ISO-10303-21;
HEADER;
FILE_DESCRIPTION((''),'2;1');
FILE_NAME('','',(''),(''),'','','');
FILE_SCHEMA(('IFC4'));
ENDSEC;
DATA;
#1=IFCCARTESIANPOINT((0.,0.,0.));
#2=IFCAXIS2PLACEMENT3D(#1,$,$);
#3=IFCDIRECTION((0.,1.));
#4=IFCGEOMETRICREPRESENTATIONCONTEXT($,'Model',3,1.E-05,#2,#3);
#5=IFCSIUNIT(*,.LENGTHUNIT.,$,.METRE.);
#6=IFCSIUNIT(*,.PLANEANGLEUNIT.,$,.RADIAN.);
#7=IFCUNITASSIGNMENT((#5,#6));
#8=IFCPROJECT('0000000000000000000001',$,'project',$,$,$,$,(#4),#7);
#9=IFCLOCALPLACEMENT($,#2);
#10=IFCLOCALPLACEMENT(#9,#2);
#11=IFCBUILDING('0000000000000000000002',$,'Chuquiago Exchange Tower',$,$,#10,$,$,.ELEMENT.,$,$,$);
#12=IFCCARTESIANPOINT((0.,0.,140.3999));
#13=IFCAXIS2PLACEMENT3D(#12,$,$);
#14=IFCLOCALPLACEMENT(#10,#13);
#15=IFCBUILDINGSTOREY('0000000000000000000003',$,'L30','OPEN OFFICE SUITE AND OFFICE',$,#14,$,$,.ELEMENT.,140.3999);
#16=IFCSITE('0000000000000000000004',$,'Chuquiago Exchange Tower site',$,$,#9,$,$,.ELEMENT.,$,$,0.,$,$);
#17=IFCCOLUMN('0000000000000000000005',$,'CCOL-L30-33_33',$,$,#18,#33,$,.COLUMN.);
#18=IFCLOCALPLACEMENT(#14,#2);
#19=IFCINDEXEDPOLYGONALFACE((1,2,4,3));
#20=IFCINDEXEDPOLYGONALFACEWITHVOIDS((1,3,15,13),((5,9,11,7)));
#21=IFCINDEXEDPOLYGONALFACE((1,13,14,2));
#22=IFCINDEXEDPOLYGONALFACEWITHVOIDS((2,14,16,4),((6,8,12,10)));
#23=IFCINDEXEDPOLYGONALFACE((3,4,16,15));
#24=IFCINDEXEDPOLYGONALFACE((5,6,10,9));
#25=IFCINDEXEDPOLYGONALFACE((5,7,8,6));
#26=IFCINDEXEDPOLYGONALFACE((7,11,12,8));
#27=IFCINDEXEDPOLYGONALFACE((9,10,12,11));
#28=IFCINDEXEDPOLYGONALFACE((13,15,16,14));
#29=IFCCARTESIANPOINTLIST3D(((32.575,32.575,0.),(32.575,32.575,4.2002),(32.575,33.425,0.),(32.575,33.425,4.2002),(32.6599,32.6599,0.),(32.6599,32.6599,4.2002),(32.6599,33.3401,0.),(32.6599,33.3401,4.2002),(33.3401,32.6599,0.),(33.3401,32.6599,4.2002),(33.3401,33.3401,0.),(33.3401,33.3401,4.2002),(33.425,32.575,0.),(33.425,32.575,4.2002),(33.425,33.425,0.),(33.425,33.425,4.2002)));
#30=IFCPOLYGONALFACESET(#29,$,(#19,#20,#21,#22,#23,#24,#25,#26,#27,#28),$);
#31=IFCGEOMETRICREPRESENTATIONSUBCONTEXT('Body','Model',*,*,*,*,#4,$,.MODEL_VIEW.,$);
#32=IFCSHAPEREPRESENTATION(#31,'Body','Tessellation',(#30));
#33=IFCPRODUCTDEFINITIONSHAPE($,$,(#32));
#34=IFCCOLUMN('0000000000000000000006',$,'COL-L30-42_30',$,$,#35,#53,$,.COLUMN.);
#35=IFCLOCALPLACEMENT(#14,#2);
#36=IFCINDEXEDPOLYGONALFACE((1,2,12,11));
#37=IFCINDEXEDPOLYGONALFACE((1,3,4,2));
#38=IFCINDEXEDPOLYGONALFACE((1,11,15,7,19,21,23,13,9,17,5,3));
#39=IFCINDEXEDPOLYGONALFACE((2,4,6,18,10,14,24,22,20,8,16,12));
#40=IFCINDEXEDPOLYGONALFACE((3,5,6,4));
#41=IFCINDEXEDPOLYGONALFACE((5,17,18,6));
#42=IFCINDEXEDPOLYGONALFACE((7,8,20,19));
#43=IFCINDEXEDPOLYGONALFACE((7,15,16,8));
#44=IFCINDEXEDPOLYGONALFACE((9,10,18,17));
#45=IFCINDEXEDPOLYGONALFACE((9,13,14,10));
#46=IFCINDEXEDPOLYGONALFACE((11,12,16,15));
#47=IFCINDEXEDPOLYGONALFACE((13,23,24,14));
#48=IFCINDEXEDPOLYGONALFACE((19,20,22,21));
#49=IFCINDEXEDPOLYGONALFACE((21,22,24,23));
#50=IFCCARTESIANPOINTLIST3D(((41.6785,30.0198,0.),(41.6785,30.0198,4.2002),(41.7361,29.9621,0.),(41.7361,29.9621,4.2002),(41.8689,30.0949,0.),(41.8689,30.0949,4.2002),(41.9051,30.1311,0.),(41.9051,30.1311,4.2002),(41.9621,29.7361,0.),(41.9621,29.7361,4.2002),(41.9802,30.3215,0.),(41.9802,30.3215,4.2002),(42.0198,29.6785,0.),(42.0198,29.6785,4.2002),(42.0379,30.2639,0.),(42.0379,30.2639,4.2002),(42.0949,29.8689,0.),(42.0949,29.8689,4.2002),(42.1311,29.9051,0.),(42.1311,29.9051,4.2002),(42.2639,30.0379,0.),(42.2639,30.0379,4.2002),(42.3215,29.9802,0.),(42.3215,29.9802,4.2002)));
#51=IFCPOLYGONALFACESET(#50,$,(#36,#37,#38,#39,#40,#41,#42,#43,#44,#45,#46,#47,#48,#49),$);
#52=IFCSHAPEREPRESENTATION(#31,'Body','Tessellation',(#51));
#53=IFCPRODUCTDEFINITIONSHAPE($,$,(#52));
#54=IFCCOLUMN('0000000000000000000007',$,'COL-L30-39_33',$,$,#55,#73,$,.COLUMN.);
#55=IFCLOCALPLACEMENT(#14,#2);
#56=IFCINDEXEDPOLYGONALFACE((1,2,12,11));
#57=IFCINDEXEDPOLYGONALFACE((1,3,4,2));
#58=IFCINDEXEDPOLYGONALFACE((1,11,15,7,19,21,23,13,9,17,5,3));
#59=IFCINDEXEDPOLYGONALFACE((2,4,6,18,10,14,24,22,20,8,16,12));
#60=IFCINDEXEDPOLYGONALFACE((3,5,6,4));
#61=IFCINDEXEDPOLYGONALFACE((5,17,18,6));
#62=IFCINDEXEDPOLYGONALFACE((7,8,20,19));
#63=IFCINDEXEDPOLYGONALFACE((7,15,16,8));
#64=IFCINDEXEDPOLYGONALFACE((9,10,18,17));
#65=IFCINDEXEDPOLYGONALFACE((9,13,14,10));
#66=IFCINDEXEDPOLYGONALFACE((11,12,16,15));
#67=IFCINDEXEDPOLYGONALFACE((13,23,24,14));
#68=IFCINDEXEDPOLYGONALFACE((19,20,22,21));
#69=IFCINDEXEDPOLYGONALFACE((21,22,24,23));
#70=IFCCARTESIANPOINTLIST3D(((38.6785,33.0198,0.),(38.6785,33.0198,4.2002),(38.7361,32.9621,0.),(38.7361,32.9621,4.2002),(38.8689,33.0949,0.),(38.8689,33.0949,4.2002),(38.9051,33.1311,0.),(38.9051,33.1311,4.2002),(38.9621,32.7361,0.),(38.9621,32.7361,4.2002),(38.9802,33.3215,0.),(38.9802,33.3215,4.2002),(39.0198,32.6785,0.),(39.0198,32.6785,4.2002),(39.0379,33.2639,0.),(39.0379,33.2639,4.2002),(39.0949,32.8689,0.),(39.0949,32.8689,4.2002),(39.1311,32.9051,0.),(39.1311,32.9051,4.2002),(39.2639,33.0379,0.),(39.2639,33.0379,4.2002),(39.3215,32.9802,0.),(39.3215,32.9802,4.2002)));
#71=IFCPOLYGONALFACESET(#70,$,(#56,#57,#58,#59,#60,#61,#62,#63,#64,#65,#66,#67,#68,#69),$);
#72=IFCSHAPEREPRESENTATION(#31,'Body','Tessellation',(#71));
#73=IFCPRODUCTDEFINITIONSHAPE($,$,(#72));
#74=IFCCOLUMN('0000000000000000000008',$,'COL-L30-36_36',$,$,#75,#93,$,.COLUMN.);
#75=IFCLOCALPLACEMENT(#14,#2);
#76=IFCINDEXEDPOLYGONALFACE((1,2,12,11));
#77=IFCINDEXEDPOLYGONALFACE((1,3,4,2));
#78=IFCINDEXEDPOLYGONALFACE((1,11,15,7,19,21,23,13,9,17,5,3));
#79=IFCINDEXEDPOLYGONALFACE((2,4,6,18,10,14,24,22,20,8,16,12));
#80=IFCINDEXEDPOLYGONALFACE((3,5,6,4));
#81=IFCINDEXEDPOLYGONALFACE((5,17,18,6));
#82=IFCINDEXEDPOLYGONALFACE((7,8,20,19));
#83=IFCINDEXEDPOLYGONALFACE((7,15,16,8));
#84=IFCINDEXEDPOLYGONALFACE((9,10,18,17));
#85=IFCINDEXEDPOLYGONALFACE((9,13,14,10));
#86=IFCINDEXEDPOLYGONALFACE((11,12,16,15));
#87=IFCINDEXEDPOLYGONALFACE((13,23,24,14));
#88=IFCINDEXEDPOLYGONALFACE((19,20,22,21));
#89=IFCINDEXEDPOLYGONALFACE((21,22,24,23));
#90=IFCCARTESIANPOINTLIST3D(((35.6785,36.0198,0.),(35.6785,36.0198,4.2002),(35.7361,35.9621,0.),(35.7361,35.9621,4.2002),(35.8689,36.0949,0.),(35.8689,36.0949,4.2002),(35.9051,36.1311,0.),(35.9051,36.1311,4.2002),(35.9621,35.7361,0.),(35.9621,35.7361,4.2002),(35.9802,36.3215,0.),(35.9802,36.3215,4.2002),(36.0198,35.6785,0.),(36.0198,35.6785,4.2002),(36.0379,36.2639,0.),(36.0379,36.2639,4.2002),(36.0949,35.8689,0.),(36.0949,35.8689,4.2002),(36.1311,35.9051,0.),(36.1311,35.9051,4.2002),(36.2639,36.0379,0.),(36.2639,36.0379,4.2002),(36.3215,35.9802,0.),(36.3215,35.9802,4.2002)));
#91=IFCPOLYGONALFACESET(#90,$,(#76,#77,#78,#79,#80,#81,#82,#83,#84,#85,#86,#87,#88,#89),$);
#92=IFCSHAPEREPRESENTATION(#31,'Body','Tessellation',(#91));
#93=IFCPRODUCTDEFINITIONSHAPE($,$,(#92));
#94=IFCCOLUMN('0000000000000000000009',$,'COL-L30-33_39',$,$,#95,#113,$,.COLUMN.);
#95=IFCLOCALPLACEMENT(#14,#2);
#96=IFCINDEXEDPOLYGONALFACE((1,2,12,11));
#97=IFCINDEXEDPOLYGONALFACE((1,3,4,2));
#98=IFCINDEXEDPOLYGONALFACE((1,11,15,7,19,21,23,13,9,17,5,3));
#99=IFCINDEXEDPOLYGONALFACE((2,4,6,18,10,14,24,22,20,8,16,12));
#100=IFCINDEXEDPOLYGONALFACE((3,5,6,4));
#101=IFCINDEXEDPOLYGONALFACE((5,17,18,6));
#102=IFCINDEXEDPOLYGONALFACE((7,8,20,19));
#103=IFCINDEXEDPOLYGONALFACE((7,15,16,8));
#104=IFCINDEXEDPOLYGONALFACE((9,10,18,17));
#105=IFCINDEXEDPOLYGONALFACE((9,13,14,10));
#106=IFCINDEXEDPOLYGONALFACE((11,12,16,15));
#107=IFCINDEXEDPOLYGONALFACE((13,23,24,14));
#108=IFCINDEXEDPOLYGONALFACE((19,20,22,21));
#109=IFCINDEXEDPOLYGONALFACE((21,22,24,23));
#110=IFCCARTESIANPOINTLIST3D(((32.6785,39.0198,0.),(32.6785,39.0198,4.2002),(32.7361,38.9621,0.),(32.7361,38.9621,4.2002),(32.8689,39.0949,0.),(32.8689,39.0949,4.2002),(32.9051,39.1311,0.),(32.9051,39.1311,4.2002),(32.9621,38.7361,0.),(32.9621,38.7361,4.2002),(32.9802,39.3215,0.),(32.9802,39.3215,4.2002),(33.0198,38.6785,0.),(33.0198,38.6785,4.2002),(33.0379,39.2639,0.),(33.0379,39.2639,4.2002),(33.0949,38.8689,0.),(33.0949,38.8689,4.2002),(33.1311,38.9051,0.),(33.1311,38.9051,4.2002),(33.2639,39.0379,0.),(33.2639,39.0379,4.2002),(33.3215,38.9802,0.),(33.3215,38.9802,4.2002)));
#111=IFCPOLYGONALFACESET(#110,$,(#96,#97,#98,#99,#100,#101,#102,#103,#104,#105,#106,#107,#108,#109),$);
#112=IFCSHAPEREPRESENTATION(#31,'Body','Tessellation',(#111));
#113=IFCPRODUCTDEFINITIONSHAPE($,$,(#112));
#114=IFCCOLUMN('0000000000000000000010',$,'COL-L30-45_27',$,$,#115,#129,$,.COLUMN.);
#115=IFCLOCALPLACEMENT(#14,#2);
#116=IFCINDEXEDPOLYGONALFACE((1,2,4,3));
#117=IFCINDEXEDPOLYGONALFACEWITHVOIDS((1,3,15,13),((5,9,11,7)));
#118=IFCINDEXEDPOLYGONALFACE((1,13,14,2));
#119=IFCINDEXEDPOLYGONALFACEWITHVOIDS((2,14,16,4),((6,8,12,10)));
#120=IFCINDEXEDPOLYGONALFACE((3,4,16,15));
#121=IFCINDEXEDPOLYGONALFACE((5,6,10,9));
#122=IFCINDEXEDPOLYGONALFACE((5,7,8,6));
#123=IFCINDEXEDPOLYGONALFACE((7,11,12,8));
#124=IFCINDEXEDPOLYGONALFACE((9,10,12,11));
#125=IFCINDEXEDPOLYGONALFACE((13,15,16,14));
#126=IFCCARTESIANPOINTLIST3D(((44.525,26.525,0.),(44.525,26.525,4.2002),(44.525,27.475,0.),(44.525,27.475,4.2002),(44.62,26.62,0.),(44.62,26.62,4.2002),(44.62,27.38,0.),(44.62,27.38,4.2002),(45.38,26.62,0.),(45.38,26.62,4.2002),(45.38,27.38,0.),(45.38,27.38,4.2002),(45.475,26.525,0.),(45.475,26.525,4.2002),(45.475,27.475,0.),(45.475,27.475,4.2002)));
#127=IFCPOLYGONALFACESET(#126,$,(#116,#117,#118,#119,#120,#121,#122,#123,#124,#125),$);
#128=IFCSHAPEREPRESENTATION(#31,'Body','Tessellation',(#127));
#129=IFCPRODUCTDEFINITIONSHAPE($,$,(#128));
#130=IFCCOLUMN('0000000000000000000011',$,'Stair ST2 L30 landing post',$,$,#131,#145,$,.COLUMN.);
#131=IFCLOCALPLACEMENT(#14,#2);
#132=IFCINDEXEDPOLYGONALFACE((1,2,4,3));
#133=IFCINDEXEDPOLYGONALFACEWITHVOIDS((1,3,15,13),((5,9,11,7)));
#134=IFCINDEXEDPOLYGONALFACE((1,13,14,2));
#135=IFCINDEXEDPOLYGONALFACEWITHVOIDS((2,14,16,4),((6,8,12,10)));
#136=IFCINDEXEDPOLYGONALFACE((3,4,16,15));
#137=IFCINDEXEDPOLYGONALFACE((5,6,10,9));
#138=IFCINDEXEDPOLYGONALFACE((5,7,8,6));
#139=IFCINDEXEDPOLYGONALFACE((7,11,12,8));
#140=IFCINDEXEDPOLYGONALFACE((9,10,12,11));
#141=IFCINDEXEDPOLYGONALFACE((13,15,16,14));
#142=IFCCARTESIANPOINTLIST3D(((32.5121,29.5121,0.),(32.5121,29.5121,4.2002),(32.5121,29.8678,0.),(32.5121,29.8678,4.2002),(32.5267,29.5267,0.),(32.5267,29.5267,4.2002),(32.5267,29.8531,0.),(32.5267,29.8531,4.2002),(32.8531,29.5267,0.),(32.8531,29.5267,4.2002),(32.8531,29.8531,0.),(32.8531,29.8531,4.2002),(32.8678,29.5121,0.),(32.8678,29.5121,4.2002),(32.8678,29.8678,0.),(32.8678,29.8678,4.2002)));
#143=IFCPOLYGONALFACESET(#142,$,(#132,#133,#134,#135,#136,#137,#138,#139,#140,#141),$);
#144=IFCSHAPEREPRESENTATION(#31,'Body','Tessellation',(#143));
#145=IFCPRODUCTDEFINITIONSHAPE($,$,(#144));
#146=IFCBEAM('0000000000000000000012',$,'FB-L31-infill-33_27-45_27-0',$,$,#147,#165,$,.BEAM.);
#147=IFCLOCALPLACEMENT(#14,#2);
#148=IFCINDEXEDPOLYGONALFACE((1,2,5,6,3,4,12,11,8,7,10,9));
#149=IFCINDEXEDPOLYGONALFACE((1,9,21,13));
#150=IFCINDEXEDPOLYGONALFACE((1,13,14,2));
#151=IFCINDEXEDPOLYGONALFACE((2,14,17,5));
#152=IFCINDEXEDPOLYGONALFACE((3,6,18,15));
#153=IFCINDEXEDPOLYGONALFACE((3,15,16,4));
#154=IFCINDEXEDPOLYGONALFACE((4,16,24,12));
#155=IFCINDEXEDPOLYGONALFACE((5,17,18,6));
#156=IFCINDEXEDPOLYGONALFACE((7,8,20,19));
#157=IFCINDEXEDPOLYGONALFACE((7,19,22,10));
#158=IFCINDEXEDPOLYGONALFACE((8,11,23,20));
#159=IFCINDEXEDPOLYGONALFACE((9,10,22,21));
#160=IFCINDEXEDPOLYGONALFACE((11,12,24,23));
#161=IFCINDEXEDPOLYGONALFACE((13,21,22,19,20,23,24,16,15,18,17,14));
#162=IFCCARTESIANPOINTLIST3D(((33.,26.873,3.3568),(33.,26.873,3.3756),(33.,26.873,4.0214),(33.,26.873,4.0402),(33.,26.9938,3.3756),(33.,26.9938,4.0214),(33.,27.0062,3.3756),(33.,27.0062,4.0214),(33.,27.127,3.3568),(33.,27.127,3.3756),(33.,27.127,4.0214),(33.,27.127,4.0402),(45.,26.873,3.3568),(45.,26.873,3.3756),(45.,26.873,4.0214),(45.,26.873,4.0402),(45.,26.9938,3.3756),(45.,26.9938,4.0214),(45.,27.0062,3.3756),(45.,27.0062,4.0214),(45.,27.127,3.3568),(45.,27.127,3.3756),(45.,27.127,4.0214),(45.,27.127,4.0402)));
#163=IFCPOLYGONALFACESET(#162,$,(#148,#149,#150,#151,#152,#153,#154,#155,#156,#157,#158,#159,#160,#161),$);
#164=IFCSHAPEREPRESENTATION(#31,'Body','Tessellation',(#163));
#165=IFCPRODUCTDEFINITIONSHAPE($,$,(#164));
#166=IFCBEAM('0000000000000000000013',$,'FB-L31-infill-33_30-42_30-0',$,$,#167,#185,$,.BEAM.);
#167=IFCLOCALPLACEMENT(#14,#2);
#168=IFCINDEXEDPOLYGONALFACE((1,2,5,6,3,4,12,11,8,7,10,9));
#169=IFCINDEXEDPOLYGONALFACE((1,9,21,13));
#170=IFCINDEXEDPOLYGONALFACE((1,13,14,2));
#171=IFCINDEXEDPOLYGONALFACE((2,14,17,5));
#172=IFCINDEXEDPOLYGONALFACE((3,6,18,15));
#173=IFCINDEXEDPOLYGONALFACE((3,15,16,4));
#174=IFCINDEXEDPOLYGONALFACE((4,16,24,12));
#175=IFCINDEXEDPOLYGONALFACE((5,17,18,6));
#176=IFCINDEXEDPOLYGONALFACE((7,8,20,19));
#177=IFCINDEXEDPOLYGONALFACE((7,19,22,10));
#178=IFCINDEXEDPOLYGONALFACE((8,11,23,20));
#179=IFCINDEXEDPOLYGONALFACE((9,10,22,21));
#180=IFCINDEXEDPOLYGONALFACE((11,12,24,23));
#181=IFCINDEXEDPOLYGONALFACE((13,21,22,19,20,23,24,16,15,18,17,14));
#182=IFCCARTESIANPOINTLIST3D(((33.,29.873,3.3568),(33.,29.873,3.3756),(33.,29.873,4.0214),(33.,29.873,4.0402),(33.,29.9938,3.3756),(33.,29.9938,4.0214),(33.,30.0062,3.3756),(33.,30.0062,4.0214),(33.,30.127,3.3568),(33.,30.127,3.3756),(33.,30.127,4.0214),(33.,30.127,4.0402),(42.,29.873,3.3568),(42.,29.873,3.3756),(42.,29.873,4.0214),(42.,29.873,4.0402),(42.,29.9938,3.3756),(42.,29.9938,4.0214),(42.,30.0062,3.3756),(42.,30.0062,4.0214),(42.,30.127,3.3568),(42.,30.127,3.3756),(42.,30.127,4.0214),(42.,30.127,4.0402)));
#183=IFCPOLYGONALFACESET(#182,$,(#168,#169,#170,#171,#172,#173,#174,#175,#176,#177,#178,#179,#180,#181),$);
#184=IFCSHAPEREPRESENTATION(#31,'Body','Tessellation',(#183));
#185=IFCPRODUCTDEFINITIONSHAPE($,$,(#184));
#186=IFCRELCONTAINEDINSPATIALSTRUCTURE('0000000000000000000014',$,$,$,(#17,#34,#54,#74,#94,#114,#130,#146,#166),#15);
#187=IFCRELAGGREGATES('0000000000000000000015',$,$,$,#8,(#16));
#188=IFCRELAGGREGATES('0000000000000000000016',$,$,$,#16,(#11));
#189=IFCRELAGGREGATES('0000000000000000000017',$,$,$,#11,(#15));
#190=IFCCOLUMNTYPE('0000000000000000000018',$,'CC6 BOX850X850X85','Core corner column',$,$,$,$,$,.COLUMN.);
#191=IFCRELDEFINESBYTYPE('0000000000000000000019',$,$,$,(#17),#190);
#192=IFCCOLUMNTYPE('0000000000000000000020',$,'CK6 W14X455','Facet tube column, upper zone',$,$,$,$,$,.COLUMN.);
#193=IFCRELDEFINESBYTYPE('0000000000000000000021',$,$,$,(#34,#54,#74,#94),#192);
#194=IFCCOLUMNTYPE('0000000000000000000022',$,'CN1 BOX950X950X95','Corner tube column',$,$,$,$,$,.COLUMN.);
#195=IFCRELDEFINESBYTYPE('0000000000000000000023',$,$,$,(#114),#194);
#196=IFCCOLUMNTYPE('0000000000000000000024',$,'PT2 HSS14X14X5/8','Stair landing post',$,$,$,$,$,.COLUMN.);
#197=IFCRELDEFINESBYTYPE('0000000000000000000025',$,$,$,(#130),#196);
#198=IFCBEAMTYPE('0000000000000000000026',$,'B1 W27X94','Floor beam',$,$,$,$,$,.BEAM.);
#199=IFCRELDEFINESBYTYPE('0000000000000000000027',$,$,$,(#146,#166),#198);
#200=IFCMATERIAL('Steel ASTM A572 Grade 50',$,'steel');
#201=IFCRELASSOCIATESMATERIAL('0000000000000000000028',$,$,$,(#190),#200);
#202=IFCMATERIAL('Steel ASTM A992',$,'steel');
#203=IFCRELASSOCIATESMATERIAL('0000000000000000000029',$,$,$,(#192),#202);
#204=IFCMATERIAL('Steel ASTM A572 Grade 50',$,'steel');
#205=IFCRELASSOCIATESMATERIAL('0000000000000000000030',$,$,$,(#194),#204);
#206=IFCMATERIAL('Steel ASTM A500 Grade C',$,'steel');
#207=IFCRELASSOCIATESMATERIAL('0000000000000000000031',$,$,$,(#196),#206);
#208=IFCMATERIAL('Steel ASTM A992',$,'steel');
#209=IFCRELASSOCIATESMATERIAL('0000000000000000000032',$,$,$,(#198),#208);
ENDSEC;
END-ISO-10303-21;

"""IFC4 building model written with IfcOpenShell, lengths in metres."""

from ifc_helpers import new_model, si_unit, direction, frame, origin, origin_2d, place, context, subcontext, project, spatial, hollow_rectangle, i_section, extrude, material, material_profile, profile_set, type_object, element, save


model = new_model("IFC4")

# Units and contexts
model_context = context("Model", 3, precision=1e-05, world=origin(), true_north=direction((0.0, 1.0)))
body_context = subcontext(model_context, "Body", "Model", "MODEL_VIEW")
ifc_project = project(units=[si_unit("LENGTHUNIT", "METRE"), si_unit("PLANEANGLEUNIT", "RADIAN")], contexts=[model_context])

# Site, building, storey
site_placement = place(None, origin())
site = spatial("IfcSite", under=ifc_project, at=site_placement, Name="Chuquiago Exchange Tower site", CompositionType="ELEMENT", RefElevation=0.0)
building_placement = place(site_placement, origin())
building = spatial("IfcBuilding", under=site, at=building_placement, Name="Chuquiago Exchange Tower", CompositionType="ELEMENT")
storey_placement = place(building_placement, frame((0.0, 0.0, 140.3999)))
storey = spatial("IfcBuildingStorey", under=building, at=storey_placement, Name="L30", Description="OPEN OFFICE SUITE AND OFFICE", CompositionType="ELEMENT", Elevation=140.3999)

# Columns
ifc_material_1 = material(Name="Steel ASTM A572 Grade 50", Category="steel")
ifc_material_profile_1 = material_profile(ifc_material_1, hollow_rectangle(XDim=0.8501, YDim=0.8501, WallThickness=0.085, at=origin_2d()), Name="BOX850X850X85")
ifc_profile_set_1 = profile_set([ifc_material_profile_1], Name="Steel ASTM A572 Grade 50")
column_type_1 = type_object("IfcColumnType", Name="CC6 BOX850X850X85", Description="Core corner column", PredefinedType="COLUMN", material=ifc_profile_set_1)
column_1_placement = place(storey_placement, frame((33.0, 33.0, 0.0), z_axis=(0.0, 0.0, 1.0), x_axis=(1.0, 0.0, 0.0)))
element("IfcColumn", 1, at=column_1_placement, inside=storey, type_object=column_type_1, Name="CCOL-L30-33_33", PredefinedType="COLUMN", context=body_context, shape_type="SweptSolid", body=[
    extrude(hollow_rectangle(XDim=0.8501, YDim=0.8501, WallThickness=0.085, at=origin_2d()), origin(), (0.0, 0.0, 1.0), 4.2002),
])
ifc_material_2 = material(Name="Steel ASTM A992", Category="steel")
ifc_material_profile_2 = material_profile(ifc_material_2, i_section(OverallWidth=0.4268, OverallDepth=0.4827, WebThickness=0.0513, FlangeThickness=0.0815, at=origin_2d()), Name="W14X455")
ifc_profile_set_2 = profile_set([ifc_material_profile_2], Name="Steel ASTM A992")
column_type_2 = type_object("IfcColumnType", Name="CK6 W14X455", Description="Facet tube column, upper zone", PredefinedType="COLUMN", material=ifc_profile_set_2)
for number, where, z_axis, x_axis, name in (
    (2, (42.0, 30.0, 0.0), (0.0, 0.0, 1.0), (0.707107, 0.707107, 0.0), "COL-L30-42_30"),
    (3, (39.0, 33.0, 0.0), (0.0, 0.0, 1.0), (0.707107, 0.707107, 0.0), "COL-L30-39_33"),
    (4, (36.0, 36.0, 0.0), (0.0, 0.0, 1.0), (0.707107, 0.707107, 0.0), "COL-L30-36_36"),
    (5, (33.0, 39.0, 0.0), (0.0, 0.0, 1.0), (0.707107, 0.707107, 0.0), "COL-L30-33_39"),
):
    element("IfcColumn", number, at=place(storey_placement, frame(where, z_axis=z_axis, x_axis=x_axis)), inside=storey, type_object=column_type_2, Name=name, PredefinedType="COLUMN", context=body_context, shape_type="SweptSolid", body=[
        extrude(i_section(OverallWidth=0.4268, OverallDepth=0.4827, WebThickness=0.0513, FlangeThickness=0.0815, at=origin_2d()), origin(), (0.0, 0.0, 1.0), 4.2002),
    ])
ifc_material_3 = material(Name="Steel ASTM A572 Grade 50", Category="steel")
ifc_material_profile_3 = material_profile(ifc_material_3, hollow_rectangle(XDim=0.95, YDim=0.95, WallThickness=0.095, at=origin_2d()), Name="BOX950X950X95")
ifc_profile_set_3 = profile_set([ifc_material_profile_3], Name="Steel ASTM A572 Grade 50")
column_type_3 = type_object("IfcColumnType", Name="CN1 BOX950X950X95", Description="Corner tube column", PredefinedType="COLUMN", material=ifc_profile_set_3)
column_2_placement = place(storey_placement, frame((45.0, 27.0, 0.0), z_axis=(0.0, 0.0, 1.0), x_axis=(1.0, 0.0, 0.0)))
element("IfcColumn", 6, at=column_2_placement, inside=storey, type_object=column_type_3, Name="COL-L30-45_27", PredefinedType="COLUMN", context=body_context, shape_type="SweptSolid", body=[
    extrude(hollow_rectangle(XDim=0.95, YDim=0.95, WallThickness=0.095, at=origin_2d()), origin(), (0.0, 0.0, 1.0), 4.2002),
])
ifc_material_4 = material(Name="Steel ASTM A500 Grade C", Category="steel")
ifc_material_profile_4 = material_profile(ifc_material_4, hollow_rectangle(XDim=0.3557, YDim=0.3557, WallThickness=0.0146, at=origin_2d()), Name="HSS14X14X5/8")
ifc_profile_set_4 = profile_set([ifc_material_profile_4], Name="Steel ASTM A500 Grade C")
column_type_4 = type_object("IfcColumnType", Name="PT2 HSS14X14X5/8", Description="Stair landing post", PredefinedType="COLUMN", material=ifc_profile_set_4)
column_3_placement = place(storey_placement, frame((32.6899, 29.6899, 0.0), z_axis=(0.0, 0.0, 1.0), x_axis=(1.0, 0.0, 0.0)))
element("IfcColumn", 7, at=column_3_placement, inside=storey, type_object=column_type_4, Name="Stair ST2 L30 landing post", PredefinedType="COLUMN", context=body_context, shape_type="SweptSolid", body=[
    extrude(hollow_rectangle(XDim=0.3557, YDim=0.3557, WallThickness=0.0146, at=origin_2d()), origin(), (0.0, 0.0, 1.0), 4.2002),
])

# Beams
ifc_material_5 = material(Name="Steel ASTM A992", Category="steel")
ifc_material_profile_5 = material_profile(ifc_material_5, i_section(OverallWidth=0.2539, OverallDepth=0.6833, WebThickness=0.0125, FlangeThickness=0.0188, at=origin_2d()), Name="W27X94")
ifc_profile_set_5 = profile_set([ifc_material_profile_5], Name="Steel ASTM A992")
beam_type_1 = type_object("IfcBeamType", Name="B1 W27X94", Description="Floor beam", PredefinedType="BEAM", material=ifc_profile_set_5)
beam_1_placement = place(storey_placement, frame((33.0, 27.0, 3.6985), z_axis=(1.0, 0.0, 0.0), x_axis=(0.0, 1.0, 0.0)))
element("IfcBeam", 8, at=beam_1_placement, inside=storey, type_object=beam_type_1, Name="FB-L31-infill-33_27-45_27-0", PredefinedType="BEAM", context=body_context, shape_type="SweptSolid", body=[
    extrude(i_section(OverallWidth=0.2539, OverallDepth=0.6833, WebThickness=0.0125, FlangeThickness=0.0188, at=origin_2d()), origin(), (0.0, 0.0, 1.0), 12.0),
])
beam_2_placement = place(storey_placement, frame((33.0, 30.0, 3.6985), z_axis=(1.0, 0.0, 0.0), x_axis=(0.0, 1.0, 0.0)))
element("IfcBeam", 9, at=beam_2_placement, inside=storey, type_object=beam_type_1, Name="FB-L31-infill-33_30-42_30-0", PredefinedType="BEAM", context=body_context, shape_type="SweptSolid", body=[
    extrude(i_section(OverallWidth=0.2539, OverallDepth=0.6833, WebThickness=0.0125, FlangeThickness=0.0188, at=origin_2d()), origin(), (0.0, 0.0, 1.0), 9.0),
])

save(model, "model.ifc")
